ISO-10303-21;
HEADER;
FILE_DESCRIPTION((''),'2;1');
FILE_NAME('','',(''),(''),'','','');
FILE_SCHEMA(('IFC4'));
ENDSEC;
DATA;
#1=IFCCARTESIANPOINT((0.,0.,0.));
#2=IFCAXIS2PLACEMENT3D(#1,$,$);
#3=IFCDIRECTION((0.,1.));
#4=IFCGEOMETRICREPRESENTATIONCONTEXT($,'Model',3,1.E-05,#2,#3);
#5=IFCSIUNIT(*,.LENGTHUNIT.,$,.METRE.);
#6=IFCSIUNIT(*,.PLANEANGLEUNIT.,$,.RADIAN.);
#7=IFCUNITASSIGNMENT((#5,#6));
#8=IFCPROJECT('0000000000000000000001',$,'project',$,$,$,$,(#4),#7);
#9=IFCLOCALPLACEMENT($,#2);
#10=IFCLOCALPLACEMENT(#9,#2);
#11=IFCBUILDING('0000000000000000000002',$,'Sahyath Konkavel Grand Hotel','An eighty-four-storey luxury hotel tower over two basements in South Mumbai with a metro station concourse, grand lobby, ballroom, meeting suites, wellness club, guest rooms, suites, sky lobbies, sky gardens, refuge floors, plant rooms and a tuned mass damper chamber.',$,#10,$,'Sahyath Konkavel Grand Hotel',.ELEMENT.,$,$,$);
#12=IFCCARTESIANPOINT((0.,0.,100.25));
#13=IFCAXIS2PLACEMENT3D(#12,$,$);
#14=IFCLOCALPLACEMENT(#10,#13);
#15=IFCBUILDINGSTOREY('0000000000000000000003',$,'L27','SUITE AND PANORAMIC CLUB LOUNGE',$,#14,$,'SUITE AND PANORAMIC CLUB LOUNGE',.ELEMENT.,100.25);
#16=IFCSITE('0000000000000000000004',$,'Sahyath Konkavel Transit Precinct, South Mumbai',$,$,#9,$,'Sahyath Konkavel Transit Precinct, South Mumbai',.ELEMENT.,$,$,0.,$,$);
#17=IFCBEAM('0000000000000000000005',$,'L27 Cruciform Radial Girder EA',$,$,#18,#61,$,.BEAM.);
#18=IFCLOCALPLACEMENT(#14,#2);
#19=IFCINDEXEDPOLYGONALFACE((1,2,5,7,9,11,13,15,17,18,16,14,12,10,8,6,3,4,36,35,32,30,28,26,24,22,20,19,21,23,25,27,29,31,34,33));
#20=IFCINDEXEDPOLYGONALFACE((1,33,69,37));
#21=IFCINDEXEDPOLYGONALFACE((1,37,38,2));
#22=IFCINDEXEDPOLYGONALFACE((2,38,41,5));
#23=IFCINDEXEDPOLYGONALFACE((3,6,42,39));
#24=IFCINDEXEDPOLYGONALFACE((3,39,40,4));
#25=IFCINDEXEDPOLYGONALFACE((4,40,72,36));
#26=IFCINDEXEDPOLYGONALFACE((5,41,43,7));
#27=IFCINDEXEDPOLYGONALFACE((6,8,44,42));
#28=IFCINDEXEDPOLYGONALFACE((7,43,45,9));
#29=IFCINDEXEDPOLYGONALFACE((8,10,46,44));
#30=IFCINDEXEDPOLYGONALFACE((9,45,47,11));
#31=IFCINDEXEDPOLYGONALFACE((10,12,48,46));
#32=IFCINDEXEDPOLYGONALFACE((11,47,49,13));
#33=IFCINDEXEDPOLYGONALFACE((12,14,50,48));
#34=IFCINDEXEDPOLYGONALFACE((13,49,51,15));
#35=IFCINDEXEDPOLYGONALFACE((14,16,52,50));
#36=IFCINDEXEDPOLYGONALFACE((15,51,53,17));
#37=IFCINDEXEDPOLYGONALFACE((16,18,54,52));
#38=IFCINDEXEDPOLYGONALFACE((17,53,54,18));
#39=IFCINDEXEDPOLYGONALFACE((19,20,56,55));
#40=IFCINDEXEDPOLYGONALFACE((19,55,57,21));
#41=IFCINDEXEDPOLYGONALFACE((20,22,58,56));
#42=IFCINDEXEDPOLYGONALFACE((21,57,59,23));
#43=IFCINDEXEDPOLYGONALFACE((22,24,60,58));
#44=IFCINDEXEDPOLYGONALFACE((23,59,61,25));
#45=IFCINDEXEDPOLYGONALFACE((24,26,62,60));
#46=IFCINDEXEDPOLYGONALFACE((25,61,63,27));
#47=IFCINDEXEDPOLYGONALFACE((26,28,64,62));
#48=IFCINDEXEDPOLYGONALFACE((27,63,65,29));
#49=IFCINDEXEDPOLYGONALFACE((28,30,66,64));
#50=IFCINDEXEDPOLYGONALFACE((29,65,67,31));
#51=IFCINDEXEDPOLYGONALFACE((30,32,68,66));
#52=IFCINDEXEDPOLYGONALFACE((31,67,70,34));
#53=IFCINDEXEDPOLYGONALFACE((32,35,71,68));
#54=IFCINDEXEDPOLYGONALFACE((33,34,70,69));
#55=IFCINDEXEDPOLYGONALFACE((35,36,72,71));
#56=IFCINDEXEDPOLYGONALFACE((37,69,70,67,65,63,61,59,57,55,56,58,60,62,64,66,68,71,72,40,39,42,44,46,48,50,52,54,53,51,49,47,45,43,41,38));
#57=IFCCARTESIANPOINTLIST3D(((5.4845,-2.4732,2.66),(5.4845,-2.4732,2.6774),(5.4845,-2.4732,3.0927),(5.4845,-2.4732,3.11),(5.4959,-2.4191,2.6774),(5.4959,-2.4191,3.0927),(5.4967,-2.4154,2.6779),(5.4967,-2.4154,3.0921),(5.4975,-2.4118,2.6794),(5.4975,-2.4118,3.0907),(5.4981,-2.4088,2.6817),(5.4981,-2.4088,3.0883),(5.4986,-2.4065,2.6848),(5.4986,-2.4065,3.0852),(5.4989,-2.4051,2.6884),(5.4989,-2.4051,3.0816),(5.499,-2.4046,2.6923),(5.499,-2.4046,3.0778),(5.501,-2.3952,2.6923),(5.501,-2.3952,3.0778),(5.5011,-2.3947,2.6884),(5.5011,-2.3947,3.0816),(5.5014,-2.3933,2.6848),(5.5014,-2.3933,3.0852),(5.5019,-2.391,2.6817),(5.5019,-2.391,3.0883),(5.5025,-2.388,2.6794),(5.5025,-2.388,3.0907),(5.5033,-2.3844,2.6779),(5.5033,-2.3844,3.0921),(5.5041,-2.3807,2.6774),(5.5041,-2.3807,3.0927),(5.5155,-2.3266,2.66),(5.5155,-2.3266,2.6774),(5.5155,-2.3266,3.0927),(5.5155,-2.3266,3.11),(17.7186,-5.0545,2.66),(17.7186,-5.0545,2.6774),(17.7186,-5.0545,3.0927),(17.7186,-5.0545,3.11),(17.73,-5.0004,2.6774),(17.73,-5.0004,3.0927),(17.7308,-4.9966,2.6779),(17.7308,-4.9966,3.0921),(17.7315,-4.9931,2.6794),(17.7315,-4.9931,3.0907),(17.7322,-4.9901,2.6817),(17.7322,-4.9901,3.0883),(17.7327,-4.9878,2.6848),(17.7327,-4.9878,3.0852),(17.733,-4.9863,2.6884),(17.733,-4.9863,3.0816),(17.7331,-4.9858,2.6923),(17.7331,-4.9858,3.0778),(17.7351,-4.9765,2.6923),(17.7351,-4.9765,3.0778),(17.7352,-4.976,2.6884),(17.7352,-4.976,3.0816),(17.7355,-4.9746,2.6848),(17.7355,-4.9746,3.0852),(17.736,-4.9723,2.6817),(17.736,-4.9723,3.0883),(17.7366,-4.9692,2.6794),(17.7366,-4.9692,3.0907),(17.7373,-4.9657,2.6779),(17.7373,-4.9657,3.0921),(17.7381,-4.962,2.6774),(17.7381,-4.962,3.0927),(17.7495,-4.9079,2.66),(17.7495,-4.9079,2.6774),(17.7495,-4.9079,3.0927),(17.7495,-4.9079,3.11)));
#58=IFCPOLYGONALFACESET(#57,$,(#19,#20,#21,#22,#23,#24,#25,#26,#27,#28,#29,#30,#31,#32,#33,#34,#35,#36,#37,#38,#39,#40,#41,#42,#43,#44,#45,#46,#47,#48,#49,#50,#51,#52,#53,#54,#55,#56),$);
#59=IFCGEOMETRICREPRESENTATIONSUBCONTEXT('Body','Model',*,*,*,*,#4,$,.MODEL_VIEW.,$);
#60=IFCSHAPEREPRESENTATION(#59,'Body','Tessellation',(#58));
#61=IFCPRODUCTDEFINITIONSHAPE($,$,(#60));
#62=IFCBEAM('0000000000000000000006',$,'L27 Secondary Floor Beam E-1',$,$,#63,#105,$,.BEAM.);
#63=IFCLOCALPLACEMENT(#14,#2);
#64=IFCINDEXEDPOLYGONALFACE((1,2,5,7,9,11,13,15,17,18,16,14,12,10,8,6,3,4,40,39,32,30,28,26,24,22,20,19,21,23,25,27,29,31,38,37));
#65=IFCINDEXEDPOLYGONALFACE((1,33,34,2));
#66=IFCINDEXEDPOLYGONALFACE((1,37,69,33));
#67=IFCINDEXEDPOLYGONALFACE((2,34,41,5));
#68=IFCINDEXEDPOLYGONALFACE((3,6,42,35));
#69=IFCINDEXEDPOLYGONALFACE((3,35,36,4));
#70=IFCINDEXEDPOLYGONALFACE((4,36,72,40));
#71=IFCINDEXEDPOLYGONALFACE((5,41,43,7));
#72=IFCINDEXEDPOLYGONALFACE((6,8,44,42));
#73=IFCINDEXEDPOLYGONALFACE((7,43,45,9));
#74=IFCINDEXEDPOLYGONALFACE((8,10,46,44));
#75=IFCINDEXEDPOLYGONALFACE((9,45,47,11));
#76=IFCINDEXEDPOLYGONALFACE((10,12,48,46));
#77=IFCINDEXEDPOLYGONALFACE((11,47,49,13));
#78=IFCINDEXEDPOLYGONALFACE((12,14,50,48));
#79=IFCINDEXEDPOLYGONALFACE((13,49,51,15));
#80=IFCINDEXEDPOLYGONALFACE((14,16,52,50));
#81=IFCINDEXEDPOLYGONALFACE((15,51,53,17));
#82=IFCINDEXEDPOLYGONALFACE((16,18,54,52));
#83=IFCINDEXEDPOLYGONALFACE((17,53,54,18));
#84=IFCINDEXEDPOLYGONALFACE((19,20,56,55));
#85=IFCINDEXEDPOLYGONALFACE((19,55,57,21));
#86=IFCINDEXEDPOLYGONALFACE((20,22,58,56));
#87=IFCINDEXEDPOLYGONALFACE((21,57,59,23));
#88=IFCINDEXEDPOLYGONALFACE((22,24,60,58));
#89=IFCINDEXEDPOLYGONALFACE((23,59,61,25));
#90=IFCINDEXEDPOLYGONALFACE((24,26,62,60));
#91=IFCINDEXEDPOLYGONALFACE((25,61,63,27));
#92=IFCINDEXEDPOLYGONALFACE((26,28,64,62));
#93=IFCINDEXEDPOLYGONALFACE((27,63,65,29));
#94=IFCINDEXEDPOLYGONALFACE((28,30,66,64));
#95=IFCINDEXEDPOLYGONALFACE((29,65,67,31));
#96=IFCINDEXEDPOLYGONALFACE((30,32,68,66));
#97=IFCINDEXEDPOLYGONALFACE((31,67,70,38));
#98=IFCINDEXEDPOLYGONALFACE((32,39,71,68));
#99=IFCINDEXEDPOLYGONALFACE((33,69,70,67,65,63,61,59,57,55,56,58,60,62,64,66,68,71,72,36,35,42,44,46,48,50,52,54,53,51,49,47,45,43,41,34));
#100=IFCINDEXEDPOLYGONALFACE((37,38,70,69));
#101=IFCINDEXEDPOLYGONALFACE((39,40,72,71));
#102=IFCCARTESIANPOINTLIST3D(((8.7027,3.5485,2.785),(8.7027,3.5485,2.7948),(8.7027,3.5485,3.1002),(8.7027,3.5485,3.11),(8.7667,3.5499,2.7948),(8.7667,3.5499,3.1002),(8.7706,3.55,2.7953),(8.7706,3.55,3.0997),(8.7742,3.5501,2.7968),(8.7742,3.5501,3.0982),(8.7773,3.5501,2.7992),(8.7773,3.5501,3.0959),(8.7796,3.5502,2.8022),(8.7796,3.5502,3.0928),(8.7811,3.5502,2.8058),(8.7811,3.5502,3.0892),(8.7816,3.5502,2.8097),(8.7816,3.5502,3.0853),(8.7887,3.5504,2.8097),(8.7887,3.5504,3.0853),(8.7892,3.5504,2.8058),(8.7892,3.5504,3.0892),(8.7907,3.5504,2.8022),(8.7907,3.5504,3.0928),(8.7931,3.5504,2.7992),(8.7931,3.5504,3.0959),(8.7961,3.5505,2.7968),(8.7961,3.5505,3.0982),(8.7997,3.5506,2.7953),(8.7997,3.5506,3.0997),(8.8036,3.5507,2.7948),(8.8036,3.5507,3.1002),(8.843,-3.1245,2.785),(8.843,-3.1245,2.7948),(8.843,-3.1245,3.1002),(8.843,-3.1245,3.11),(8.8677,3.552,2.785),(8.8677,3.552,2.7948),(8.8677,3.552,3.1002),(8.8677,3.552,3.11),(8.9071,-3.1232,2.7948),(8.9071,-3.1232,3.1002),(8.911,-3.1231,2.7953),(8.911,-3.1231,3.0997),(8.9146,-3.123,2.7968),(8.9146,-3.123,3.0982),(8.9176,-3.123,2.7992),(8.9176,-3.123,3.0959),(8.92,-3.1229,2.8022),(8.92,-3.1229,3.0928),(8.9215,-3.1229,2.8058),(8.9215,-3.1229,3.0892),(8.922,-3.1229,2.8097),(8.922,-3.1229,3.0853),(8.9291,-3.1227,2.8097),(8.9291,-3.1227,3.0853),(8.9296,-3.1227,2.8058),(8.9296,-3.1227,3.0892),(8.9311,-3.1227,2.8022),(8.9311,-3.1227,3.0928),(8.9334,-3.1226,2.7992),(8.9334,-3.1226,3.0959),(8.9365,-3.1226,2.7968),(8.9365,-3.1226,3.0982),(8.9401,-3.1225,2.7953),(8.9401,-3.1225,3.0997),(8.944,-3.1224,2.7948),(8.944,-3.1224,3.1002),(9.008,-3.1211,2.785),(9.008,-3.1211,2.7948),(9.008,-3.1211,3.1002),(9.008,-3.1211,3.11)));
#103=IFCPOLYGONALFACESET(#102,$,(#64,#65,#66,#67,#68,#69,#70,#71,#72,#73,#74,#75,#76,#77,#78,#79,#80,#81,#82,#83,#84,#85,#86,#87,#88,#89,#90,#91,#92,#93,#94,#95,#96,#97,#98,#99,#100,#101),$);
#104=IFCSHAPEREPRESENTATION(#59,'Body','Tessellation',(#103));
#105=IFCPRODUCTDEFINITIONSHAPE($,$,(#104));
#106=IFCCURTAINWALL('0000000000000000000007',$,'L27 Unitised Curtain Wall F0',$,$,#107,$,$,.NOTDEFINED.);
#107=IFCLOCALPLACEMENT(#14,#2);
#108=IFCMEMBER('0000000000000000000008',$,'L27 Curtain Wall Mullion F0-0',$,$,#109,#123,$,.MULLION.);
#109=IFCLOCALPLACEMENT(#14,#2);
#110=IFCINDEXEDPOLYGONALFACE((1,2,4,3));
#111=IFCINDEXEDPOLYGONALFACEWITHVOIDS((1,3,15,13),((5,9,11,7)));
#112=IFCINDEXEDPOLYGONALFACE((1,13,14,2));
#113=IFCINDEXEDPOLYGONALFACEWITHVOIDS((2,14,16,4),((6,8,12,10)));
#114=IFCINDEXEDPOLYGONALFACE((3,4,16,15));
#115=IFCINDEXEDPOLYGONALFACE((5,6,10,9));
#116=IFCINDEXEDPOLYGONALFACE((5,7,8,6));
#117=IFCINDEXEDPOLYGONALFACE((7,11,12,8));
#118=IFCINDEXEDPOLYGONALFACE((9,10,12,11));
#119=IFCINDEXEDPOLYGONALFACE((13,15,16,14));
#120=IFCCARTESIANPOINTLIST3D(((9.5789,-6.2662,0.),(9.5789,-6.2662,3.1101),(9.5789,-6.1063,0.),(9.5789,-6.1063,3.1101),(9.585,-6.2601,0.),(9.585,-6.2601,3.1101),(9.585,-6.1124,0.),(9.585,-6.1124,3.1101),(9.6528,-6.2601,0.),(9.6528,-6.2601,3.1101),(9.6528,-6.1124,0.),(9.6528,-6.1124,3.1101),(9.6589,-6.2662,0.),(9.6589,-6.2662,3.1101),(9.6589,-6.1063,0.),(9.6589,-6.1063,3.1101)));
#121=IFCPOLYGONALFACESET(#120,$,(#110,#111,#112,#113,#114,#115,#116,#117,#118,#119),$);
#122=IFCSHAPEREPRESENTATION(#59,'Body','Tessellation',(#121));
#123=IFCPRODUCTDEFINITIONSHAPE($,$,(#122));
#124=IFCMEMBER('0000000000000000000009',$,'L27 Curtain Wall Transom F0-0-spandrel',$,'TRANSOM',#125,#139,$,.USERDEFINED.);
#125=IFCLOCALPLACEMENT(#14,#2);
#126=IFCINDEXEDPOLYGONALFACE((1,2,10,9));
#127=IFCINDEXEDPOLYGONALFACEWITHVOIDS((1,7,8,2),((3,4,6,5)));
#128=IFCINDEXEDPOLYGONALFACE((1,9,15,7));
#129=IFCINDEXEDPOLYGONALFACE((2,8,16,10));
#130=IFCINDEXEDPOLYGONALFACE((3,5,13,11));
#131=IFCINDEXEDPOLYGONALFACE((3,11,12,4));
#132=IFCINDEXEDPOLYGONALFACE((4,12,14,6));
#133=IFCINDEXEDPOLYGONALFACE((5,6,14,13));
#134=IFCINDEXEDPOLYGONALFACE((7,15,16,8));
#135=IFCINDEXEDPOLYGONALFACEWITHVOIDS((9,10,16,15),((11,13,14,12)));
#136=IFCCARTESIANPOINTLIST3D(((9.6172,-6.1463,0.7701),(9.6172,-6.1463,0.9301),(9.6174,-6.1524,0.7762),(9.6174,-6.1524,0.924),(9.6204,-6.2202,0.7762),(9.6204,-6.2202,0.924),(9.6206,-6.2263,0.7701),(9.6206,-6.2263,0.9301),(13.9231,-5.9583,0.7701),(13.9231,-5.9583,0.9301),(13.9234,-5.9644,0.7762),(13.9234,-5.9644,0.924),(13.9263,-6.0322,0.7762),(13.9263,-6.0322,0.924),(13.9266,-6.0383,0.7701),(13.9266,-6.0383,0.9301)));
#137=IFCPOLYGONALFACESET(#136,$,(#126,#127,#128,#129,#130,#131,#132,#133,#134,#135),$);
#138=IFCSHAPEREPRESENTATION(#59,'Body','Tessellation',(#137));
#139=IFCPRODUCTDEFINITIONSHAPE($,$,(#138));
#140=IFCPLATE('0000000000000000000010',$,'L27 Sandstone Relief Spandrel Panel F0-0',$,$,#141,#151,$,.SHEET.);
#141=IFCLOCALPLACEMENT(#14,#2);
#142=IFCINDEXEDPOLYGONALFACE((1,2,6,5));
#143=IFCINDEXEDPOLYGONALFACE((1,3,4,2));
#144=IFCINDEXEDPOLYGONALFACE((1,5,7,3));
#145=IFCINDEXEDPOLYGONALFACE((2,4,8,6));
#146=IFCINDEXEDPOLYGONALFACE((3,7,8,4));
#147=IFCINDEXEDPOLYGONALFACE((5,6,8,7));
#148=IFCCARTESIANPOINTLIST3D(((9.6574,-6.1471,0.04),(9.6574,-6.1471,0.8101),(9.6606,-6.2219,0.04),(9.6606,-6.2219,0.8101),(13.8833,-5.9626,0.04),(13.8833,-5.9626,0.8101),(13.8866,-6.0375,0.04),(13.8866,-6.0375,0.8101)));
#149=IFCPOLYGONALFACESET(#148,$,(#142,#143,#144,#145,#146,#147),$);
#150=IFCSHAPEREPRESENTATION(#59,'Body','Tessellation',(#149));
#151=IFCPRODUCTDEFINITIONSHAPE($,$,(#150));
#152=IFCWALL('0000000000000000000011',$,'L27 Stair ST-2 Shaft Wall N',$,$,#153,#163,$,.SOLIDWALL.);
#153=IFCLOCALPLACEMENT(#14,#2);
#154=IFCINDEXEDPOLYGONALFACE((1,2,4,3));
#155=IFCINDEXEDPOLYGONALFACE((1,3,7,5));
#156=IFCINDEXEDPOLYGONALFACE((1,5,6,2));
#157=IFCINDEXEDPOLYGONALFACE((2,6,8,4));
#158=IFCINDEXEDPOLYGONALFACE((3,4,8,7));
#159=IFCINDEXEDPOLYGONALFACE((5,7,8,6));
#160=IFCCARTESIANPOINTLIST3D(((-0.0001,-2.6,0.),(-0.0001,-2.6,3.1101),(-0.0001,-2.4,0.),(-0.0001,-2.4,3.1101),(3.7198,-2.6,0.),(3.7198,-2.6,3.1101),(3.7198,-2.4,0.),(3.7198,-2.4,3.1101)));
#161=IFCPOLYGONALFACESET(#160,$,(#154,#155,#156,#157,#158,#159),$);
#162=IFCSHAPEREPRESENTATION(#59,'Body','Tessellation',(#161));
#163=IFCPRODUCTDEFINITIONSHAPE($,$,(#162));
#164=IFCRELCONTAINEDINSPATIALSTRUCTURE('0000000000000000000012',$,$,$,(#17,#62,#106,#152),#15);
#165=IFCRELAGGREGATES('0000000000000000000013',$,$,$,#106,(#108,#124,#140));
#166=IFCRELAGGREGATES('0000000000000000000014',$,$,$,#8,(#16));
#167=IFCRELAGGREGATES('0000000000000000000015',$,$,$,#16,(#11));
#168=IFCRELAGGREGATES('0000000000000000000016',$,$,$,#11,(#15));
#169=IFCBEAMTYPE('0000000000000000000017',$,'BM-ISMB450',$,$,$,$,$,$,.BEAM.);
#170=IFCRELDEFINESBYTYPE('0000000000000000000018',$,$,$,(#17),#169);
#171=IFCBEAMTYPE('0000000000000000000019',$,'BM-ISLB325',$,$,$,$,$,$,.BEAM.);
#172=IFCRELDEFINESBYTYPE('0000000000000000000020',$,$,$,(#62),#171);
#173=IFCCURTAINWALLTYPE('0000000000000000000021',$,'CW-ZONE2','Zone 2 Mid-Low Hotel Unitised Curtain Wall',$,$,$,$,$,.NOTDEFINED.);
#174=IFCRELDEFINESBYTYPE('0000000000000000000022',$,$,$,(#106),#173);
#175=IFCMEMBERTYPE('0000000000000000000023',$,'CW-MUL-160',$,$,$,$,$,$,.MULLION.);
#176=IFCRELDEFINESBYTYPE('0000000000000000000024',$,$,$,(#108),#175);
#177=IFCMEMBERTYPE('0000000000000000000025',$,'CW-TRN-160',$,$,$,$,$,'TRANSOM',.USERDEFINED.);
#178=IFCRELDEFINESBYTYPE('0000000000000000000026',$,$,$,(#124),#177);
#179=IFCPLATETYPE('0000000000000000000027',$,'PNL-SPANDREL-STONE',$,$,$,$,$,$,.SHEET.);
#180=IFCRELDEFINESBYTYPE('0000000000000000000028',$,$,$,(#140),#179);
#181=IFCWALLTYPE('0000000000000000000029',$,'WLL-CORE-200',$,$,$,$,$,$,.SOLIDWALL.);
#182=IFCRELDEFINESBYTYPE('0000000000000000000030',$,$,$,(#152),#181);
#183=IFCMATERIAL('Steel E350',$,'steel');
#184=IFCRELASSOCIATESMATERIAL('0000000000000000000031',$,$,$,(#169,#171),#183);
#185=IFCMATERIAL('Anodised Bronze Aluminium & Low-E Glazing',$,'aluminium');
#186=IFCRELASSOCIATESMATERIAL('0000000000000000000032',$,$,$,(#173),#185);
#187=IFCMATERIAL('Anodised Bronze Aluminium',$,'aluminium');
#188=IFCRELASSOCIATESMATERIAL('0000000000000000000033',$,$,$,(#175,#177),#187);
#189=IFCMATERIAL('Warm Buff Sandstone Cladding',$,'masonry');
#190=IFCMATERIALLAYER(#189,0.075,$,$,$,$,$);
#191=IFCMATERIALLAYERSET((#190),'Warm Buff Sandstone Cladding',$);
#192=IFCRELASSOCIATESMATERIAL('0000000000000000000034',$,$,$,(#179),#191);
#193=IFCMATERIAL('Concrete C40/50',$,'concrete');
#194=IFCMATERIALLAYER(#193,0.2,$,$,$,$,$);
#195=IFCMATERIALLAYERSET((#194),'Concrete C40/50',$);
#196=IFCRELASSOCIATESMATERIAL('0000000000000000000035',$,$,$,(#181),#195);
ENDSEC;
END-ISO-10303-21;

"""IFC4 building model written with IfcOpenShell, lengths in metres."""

from ifc_helpers import new_model, si_unit, direction, frame, frame_2d, origin, origin_2d, place, context, subcontext, project, spatial, rectangle, hollow_rectangle, i_section, extrude, source, transform, mapped, material, layer, layer_set, material_profile, profile_set, type_object, element, aggregate, save


model = new_model("IFC4")

# Units and contexts
model_context = context("Model", 3, precision=1e-05, world=origin(), true_north=direction((0.0, 1.0)))
body_context = subcontext(model_context, "Body", "Model", "MODEL_VIEW")
ifc_project = project(units=[si_unit("LENGTHUNIT", "METRE"), si_unit("PLANEANGLEUNIT", "RADIAN")], contexts=[model_context])

# Site, building, storey
site_placement = place(None, origin())
site = spatial("IfcSite", under=ifc_project, at=site_placement, Name="Sahyath Konkavel Transit Precinct, South Mumbai", LongName="Sahyath Konkavel Transit Precinct, South Mumbai", CompositionType="ELEMENT", RefElevation=0.0)
building_placement = place(site_placement, origin())
building = spatial("IfcBuilding", under=site, at=building_placement, Name="Sahyath Konkavel Grand Hotel", Description="An eighty-four-storey luxury hotel tower over two basements in South Mumbai with a metro station concourse, grand lobby, ballroom, meeting suites, wellness club, guest rooms, suites, sky lobbies, sky gardens, refuge floors, plant rooms and a tuned mass damper chamber.", LongName="Sahyath Konkavel Grand Hotel", CompositionType="ELEMENT")
storey_placement = place(building_placement, frame((0.0, 0.0, 100.25)))
storey = spatial("IfcBuildingStorey", under=building, at=storey_placement, Name="L27", Description="SUITE AND PANORAMIC CLUB LOUNGE", LongName="SUITE AND PANORAMIC CLUB LOUNGE", CompositionType="ELEMENT", Elevation=100.25)

# Beams
ifc_material_1 = material(Name="Steel E350", Category="steel")
ifc_material_profile_1 = material_profile(ifc_material_1, i_section(OverallWidth=0.1499, OverallDepth=0.45, WebThickness=0.0095, FlangeThickness=0.0173, FilletRadius=0.0149, at=origin_2d()), Name="ISMB 450")
ifc_profile_set_1 = profile_set([ifc_material_profile_1], Name="Steel E350")
beam_type_1 = type_object("IfcBeamType", Name="BM-ISMB450", PredefinedType="BEAM", material=ifc_profile_set_1)
shared_shape_1 = source(origin(), body_context, "Body", "SweptSolid", [
    extrude(i_section(OverallWidth=0.1499, OverallDepth=0.45, WebThickness=0.0095, FlangeThickness=0.0173, FilletRadius=0.0149, at=origin_2d()), origin(), (0.0, 0.0, 1.0), 12.5034),
])
beam_1_placement = place(storey_placement, frame((5.5, -2.3999, 2.885), z_axis=(0.978458, -0.206446, 0.0), x_axis=(0.206446, 0.978458, 0.0)))
element("IfcBeam", 1, at=beam_1_placement, inside=storey, type_object=beam_type_1, Name="L27 Cruciform Radial Girder EA", PredefinedType="BEAM", context=body_context, shape_type="MappedRepresentation", body=[
    mapped(shared_shape_1, transform((0.0, 0.0, 0.0), scale=1.0)),
])
ifc_material_profile_2 = material_profile(ifc_material_1, i_section(OverallWidth=0.165, OverallDepth=0.325, WebThickness=0.0071, FlangeThickness=0.0098, FilletRadius=0.0149, at=origin_2d()), Name="ISLB 325")
ifc_profile_set_2 = profile_set([ifc_material_profile_2], Name="Steel E350")
beam_type_2 = type_object("IfcBeamType", Name="BM-ISLB325", PredefinedType="BEAM", material=ifc_profile_set_2)
shared_shape_2 = source(origin(), body_context, "Body", "SweptSolid", [
    extrude(i_section(OverallWidth=0.165, OverallDepth=0.325, WebThickness=0.0071, FlangeThickness=0.0098, FilletRadius=0.0149, at=origin_2d()), origin(), (0.0, 0.0, 1.0), 6.6746),
])
beam_2_placement = place(storey_placement, frame((8.9255, -3.1228, 2.9475), z_axis=(-0.021032, 0.999779, 0.0), x_axis=(-0.999779, -0.021032, 0.0)))
element("IfcBeam", 2, at=beam_2_placement, inside=storey, type_object=beam_type_2, Name="L27 Secondary Floor Beam E-1", PredefinedType="BEAM", context=body_context, shape_type="MappedRepresentation", body=[
    mapped(shared_shape_2, transform((0.0, 0.0, 0.0), scale=1.0)),
])

# Curtain wall, members, plate
ifc_material_2 = material(Name="Anodised Bronze Aluminium & Low-E Glazing", Category="aluminium")
curtain_wall_type = type_object("IfcCurtainWallType", Name="CW-ZONE2", Description="Zone 2 Mid-Low Hotel Unitised Curtain Wall", PredefinedType="NOTDEFINED", material=ifc_material_2)
curtain_wall_placement = place(storey_placement, origin())
curtain_wall = element("IfcCurtainWall", 3, at=curtain_wall_placement, inside=storey, type_object=curtain_wall_type, Name="L27 Unitised Curtain Wall F0", PredefinedType="NOTDEFINED")
ifc_material_3 = material(Name="Anodised Bronze Aluminium", Category="aluminium")
ifc_material_profile_3 = material_profile(ifc_material_3, hollow_rectangle(XDim=0.0801, YDim=0.1599, WallThickness=0.0061, at=origin_2d()), Name="RHS 160x80x6")
ifc_profile_set_3 = profile_set([ifc_material_profile_3], Name="Anodised Bronze Aluminium")
member_type_1 = type_object("IfcMemberType", Name="CW-MUL-160", PredefinedType="MULLION", material=ifc_profile_set_3)
shared_shape_3 = source(origin(), body_context, "Body", "SweptSolid", [
    extrude(hollow_rectangle(XDim=0.0801, YDim=0.1599, WallThickness=0.0061, at=origin_2d()), origin(), (0.0, 0.0, 1.0), 3.1101),
])
member_1_placement = place(storey_placement, frame((9.6189, -6.1863, 0.0), z_axis=(0.0, 0.0, 1.0), x_axis=(1.0, 0.0, 0.0)))
member_1 = element("IfcMember", 4, at=member_1_placement, type_object=member_type_1, Name="L27 Curtain Wall Mullion F0-0", PredefinedType="MULLION", context=body_context, shape_type="MappedRepresentation", body=[
    mapped(shared_shape_3, transform((0.0, 0.0, 0.0), scale=1.0)),
])
ifc_material_profile_4 = material_profile(ifc_material_3, hollow_rectangle(XDim=0.0801, YDim=0.1599, WallThickness=0.0061, at=origin_2d()), Name="RHS 160x80x6")
ifc_profile_set_4 = profile_set([ifc_material_profile_4], Name="Anodised Bronze Aluminium")
member_type_2 = type_object("IfcMemberType", Name="CW-TRN-160", ElementType="TRANSOM", PredefinedType="USERDEFINED", material=ifc_profile_set_4)
shared_shape_4 = source(origin(), body_context, "Body", "SweptSolid", [
    extrude(hollow_rectangle(XDim=0.0801, YDim=0.1599, WallThickness=0.0061, at=origin_2d()), origin(), (0.0, 0.0, 1.0), 4.3101),
])
member_2_placement = place(storey_placement, frame((9.6189, -6.1863, 0.8501), z_axis=(0.999048, 0.043617, 0.0), x_axis=(-0.043617, 0.999048, 0.0)))
member_2 = element("IfcMember", 5, at=member_2_placement, type_object=member_type_2, Name="L27 Curtain Wall Transom F0-0-spandrel", ObjectType="TRANSOM", PredefinedType="USERDEFINED", context=body_context, shape_type="MappedRepresentation", body=[
    mapped(shared_shape_4, transform((0.0, 0.0, 0.0), scale=1.0)),
])
ifc_material_4 = material(Name="Warm Buff Sandstone Cladding", Category="masonry")
ifc_layer_1 = layer(ifc_material_4, 0.075)
ifc_layer_set_1 = layer_set([ifc_layer_1], Name="Warm Buff Sandstone Cladding")
plate_type = type_object("IfcPlateType", Name="PNL-SPANDREL-STONE", PredefinedType="SHEET", material=ifc_layer_set_1)
shared_shape_5 = source(origin(), body_context, "Body", "SweptSolid", [
    extrude(rectangle(XDim=4.23, YDim=0.075, at=origin_2d()), origin(), (0.0, 0.0, 1.0), 0.77),
])
plate_placement = place(storey_placement, frame((11.772, -6.0923, 0.04), z_axis=(0.0, 0.0, 1.0), x_axis=(0.999049, 0.043602, 0.0)))
plate = element("IfcPlate", 6, at=plate_placement, type_object=plate_type, Name="L27 Sandstone Relief Spandrel Panel F0-0", PredefinedType="SHEET", context=body_context, shape_type="MappedRepresentation", body=[
    mapped(shared_shape_5, transform((0.0, 0.0, 0.0), scale=1.0)),
])
aggregate(curtain_wall, [member_1, member_2, plate])

# Wall
ifc_material_5 = material(Name="Concrete C40/50", Category="concrete")
ifc_layer_2 = layer(ifc_material_5, 0.2)
ifc_layer_set_2 = layer_set([ifc_layer_2], Name="Concrete C40/50")
wall_type_1 = type_object("IfcWallType", Name="WLL-CORE-200", PredefinedType="SOLIDWALL", material=ifc_layer_set_2)
wall_1_placement = place(storey_placement, frame((0.0, -2.5, 0.0), z_axis=(0.0, 0.0, 1.0), x_axis=(1.0, 0.0, 0.0)))
element("IfcWall", 7, at=wall_1_placement, inside=storey, type_object=wall_type_1, Name="L27 Stair ST-2 Shaft Wall N", PredefinedType="SOLIDWALL", context=body_context, shape_type="SweptSolid", body=[
    extrude(rectangle(XDim=3.72, YDim=0.2, at=frame_2d((1.8599, 0.0))), origin(), (0.0, 0.0, 1.0), 3.1101),
])

save(model, "model.ifc")
